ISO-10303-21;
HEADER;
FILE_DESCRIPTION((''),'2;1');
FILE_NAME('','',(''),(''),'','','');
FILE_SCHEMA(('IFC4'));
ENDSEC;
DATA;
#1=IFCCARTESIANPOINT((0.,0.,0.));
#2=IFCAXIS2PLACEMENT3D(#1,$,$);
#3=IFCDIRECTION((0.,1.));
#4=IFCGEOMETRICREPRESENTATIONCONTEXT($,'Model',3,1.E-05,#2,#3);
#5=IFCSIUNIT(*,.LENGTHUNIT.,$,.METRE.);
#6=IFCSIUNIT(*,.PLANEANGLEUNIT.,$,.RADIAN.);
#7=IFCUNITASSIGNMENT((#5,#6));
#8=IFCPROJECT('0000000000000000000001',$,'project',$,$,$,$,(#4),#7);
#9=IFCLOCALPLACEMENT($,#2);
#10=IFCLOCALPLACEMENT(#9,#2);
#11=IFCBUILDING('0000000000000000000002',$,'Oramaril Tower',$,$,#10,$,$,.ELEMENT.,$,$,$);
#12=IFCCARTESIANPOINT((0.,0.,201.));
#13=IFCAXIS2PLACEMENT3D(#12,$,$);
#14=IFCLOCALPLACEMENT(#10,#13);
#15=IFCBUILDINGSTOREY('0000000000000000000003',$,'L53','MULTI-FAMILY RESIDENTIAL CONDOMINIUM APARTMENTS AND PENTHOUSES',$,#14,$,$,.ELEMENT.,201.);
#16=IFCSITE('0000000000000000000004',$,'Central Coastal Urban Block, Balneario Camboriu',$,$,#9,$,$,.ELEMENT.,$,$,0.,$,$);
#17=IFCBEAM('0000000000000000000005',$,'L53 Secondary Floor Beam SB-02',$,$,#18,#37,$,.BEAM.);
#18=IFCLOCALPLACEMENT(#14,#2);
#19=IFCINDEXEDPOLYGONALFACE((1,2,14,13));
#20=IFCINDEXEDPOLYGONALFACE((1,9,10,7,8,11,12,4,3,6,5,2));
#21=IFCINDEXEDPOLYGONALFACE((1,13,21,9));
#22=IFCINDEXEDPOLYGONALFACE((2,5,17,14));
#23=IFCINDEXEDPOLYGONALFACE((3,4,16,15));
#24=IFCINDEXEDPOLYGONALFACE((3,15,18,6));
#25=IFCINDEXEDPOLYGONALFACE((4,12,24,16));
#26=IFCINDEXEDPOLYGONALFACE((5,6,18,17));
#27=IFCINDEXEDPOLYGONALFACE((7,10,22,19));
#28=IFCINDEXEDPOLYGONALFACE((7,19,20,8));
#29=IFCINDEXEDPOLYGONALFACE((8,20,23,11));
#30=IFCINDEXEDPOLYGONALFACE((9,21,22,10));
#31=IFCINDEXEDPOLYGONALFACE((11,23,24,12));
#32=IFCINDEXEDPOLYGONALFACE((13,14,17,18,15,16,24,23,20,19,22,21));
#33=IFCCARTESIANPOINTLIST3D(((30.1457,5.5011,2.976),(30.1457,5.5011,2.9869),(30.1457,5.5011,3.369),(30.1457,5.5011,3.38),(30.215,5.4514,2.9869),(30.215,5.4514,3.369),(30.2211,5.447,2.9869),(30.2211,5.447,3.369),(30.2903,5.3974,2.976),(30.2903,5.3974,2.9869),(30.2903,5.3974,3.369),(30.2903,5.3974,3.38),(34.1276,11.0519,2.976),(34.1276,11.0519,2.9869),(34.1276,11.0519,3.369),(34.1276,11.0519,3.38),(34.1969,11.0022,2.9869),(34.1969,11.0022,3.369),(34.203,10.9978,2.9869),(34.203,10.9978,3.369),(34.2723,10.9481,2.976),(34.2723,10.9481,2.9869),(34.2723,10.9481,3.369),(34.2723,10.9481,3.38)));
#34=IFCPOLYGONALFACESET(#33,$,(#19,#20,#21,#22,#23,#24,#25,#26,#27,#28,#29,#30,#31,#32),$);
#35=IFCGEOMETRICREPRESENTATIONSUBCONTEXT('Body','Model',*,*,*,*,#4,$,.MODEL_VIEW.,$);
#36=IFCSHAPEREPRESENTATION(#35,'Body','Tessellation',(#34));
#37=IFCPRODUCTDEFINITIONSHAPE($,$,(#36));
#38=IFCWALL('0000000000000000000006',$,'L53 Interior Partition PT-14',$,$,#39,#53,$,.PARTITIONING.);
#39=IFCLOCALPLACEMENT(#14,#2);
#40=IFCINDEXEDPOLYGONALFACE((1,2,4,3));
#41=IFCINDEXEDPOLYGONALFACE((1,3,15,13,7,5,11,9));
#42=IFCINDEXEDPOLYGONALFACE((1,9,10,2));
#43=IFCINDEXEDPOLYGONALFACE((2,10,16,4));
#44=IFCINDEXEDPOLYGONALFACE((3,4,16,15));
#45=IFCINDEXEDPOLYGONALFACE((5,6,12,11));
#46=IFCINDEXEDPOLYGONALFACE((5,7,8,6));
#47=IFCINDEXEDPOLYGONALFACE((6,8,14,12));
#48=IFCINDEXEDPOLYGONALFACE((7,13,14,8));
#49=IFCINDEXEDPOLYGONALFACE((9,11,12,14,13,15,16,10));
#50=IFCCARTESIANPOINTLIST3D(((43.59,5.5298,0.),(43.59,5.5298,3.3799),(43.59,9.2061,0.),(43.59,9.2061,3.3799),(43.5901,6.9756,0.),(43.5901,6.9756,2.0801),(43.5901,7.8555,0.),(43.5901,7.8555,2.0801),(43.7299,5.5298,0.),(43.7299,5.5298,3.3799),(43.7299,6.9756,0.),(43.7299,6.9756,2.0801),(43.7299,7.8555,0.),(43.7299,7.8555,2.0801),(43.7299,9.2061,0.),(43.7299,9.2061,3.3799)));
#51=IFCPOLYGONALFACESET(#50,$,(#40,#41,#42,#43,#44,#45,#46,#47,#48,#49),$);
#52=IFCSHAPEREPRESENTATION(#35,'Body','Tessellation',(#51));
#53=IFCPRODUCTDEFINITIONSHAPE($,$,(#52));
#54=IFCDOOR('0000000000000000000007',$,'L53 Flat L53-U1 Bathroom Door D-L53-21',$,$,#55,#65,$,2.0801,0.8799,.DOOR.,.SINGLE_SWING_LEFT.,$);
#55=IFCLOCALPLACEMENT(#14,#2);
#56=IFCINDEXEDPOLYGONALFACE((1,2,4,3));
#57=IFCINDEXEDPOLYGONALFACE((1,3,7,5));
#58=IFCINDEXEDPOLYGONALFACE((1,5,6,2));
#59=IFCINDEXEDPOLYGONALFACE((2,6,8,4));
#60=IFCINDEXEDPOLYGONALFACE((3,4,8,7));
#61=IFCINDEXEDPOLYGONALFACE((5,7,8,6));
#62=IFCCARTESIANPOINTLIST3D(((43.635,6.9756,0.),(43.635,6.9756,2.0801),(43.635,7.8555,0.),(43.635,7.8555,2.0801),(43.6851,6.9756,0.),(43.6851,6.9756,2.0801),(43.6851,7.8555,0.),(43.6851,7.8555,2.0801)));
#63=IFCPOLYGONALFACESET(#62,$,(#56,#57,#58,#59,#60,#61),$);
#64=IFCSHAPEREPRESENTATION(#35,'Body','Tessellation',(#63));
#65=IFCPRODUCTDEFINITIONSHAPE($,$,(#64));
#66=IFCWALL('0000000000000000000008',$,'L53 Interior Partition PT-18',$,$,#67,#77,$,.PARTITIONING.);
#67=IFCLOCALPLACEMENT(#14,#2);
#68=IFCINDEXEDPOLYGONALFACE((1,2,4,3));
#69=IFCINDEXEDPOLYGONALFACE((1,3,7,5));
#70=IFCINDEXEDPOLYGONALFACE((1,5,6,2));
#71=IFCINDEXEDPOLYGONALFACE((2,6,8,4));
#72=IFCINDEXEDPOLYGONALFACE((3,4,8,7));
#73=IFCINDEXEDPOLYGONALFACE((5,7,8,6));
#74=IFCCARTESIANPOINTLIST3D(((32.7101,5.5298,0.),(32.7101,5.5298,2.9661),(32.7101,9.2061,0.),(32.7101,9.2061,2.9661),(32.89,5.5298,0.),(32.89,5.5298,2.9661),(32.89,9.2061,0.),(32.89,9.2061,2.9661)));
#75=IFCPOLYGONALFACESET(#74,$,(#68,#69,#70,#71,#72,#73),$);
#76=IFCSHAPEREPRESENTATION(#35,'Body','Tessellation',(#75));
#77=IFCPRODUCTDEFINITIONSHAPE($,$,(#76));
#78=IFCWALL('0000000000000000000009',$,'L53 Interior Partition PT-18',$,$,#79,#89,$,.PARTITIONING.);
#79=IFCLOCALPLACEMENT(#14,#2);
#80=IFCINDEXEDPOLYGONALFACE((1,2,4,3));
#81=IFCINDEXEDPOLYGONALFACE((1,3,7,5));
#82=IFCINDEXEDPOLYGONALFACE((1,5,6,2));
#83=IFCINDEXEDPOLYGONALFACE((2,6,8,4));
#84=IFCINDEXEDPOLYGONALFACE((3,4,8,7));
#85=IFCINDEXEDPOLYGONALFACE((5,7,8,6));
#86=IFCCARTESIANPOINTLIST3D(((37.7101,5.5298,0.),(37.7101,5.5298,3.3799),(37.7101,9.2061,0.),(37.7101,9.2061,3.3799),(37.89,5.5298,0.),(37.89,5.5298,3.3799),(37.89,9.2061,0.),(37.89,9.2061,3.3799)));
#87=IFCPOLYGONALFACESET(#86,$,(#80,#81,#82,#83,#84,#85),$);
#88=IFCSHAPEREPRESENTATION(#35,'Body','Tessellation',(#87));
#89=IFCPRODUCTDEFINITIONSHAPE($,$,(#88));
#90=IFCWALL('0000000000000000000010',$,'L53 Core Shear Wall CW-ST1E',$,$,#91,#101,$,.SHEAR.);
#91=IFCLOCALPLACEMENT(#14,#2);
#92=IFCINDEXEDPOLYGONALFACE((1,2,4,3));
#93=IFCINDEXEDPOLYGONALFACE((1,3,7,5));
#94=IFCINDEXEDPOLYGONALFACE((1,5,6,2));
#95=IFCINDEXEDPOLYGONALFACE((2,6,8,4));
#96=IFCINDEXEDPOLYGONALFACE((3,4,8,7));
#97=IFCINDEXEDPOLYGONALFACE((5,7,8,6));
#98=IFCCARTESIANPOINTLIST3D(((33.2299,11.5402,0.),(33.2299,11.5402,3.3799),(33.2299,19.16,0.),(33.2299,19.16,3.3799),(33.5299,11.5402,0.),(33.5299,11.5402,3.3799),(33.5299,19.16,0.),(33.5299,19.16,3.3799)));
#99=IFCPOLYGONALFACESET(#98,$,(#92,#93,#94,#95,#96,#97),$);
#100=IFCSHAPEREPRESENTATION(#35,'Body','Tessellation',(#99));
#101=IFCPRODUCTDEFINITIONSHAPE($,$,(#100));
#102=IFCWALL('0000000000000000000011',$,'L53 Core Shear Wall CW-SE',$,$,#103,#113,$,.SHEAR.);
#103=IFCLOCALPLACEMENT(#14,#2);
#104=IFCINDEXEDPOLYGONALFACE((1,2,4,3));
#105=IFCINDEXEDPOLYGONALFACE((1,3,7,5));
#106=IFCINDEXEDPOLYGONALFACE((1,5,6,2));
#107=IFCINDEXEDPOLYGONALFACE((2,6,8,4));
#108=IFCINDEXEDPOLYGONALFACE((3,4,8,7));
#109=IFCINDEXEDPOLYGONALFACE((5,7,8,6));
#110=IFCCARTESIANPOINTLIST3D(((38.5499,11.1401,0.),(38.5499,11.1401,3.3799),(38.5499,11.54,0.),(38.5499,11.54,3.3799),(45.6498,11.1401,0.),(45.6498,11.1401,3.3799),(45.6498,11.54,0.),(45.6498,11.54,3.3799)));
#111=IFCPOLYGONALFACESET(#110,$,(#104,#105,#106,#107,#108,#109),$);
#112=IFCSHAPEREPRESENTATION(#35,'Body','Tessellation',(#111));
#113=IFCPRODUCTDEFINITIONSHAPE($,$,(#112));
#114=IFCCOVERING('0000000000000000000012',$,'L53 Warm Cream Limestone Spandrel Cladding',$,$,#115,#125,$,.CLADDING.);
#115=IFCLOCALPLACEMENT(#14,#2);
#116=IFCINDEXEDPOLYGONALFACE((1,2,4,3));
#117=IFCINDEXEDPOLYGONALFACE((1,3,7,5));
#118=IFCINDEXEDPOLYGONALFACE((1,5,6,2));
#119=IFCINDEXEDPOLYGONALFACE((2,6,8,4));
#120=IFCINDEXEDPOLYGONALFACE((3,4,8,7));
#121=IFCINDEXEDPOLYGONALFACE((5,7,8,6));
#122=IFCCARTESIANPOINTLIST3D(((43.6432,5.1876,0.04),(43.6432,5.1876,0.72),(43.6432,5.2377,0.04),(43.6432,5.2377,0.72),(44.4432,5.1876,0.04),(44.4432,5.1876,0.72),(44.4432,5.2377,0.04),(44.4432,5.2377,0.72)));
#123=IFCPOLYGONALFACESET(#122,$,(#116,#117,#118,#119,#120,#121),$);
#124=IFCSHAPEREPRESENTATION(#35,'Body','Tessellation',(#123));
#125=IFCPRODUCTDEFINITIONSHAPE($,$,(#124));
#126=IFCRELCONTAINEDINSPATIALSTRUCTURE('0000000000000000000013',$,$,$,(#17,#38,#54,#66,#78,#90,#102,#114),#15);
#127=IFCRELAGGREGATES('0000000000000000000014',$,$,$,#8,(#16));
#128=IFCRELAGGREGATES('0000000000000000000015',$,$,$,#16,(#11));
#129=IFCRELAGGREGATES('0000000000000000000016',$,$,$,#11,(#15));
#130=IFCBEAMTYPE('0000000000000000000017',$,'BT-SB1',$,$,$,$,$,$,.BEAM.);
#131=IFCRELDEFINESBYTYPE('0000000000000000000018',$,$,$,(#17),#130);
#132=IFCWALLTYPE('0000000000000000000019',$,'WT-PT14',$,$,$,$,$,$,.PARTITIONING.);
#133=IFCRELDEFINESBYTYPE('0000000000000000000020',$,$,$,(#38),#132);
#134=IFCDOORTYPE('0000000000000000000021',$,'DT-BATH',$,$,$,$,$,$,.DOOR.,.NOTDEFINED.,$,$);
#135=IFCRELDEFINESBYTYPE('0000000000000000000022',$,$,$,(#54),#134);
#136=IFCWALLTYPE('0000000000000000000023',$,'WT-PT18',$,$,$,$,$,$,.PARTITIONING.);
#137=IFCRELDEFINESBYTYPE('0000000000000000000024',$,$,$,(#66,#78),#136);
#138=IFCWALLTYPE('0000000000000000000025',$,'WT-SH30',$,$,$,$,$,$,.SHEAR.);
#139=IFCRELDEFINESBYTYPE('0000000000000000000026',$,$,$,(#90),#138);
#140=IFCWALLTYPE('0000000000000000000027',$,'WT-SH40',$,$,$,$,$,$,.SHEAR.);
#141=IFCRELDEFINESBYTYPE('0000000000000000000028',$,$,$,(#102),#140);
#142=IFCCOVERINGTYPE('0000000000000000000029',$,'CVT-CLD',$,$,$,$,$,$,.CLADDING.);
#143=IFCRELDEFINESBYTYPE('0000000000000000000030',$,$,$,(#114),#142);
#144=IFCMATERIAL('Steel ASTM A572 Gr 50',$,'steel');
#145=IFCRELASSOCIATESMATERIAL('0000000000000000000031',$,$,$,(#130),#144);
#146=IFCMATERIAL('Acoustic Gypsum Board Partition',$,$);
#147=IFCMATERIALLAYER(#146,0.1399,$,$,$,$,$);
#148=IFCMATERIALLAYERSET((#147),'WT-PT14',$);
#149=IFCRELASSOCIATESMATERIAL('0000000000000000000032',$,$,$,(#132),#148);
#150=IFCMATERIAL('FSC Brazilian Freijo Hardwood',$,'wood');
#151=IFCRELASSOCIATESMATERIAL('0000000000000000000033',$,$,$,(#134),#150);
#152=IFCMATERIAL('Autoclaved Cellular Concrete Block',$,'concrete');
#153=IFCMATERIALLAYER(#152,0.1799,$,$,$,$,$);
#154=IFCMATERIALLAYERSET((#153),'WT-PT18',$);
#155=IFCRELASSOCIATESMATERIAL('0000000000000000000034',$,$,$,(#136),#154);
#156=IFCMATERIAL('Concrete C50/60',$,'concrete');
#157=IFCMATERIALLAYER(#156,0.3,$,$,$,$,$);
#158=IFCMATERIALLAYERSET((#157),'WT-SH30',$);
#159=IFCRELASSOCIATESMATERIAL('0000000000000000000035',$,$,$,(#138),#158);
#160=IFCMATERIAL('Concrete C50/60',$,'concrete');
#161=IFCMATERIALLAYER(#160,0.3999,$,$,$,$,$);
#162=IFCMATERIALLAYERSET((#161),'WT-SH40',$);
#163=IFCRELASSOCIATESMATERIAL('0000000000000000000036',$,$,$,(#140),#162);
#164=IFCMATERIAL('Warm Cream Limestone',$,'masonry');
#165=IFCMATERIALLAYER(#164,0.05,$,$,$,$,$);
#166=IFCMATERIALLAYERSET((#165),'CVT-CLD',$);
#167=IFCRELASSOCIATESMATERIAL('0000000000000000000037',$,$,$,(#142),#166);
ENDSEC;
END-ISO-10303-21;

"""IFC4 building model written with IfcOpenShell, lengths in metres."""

from ifc_helpers import new_model, si_unit, direction, frame, frame_2d, origin, origin_2d, place, context, subcontext, project, spatial, rectangle, i_section, extrude, material, layer, layer_set, material_profile, profile_set, type_object, element, fill, save


model = new_model("IFC4")

# Units and contexts
model_context = context("Model", 3, precision=1e-05, world=origin(), true_north=direction((0.0, 1.0)))
body_context = subcontext(model_context, "Body", "Model", "MODEL_VIEW")
ifc_project = project(units=[si_unit("LENGTHUNIT", "METRE"), si_unit("PLANEANGLEUNIT", "RADIAN")], contexts=[model_context])

# Site, building, storey
site_placement = place(None, origin())
site = spatial("IfcSite", under=ifc_project, at=site_placement, Name="Central Coastal Urban Block, Balneario Camboriu", CompositionType="ELEMENT", RefElevation=0.0)
building_placement = place(site_placement, origin())
building = spatial("IfcBuilding", under=site, at=building_placement, Name="Oramaril Tower", CompositionType="ELEMENT")
storey_placement = place(building_placement, frame((0.0, 0.0, 201.0)))
storey = spatial("IfcBuildingStorey", under=building, at=storey_placement, Name="L53", Description="MULTI-FAMILY RESIDENTIAL CONDOMINIUM APARTMENTS AND PENTHOUSES", CompositionType="ELEMENT", Elevation=201.0)

# Beam
ifc_material_1 = material(Name="Steel ASTM A572 Gr 50", Category="steel")
ifc_material_profile = material_profile(ifc_material_1, i_section(OverallWidth=0.178, OverallDepth=0.4041, WebThickness=0.0076, FlangeThickness=0.011, at=origin_2d()), Name="W16X36")
ifc_profile_set = profile_set([ifc_material_profile], Name="Steel ASTM A572 Gr 50")
beam_type = type_object("IfcBeamType", Name="BT-SB1", PredefinedType="BEAM", material=ifc_profile_set)
beam_placement = place(storey_placement, frame((34.2, 11.0, 3.178), z_axis=(-0.582894, -0.812549, 0.0), x_axis=(0.812549, -0.582894, 0.0)))
element("IfcBeam", 1, at=beam_placement, inside=storey, type_object=beam_type, Name="L53 Secondary Floor Beam SB-02", PredefinedType="BEAM", context=body_context, shape_type="SweptSolid", body=[
    extrude(i_section(OverallWidth=0.178, OverallDepth=0.4041, WebThickness=0.0076, FlangeThickness=0.011, at=origin_2d()), origin(), (0.0, 0.0, 1.0), 6.8313),
])

# Wall, opening, door
ifc_material_2 = material(Name="Acoustic Gypsum Board Partition")
ifc_layer_1 = layer(ifc_material_2, 0.1399)
ifc_layer_set_1 = layer_set([ifc_layer_1], Name="WT-PT14")
wall_type_1 = type_object("IfcWallType", Name="WT-PT14", PredefinedType="PARTITIONING", material=ifc_layer_set_1)
wall_1_placement = place(storey_placement, frame((43.6599, 5.5298, 0.0), z_axis=(0.0, 0.0, 1.0), x_axis=(0.0, 1.0, 0.0)))
wall_1 = element("IfcWall", 2, at=wall_1_placement, inside=storey, type_object=wall_type_1, Name="L53 Interior Partition PT-14", PredefinedType="PARTITIONING", context=body_context, shape_type="SweptSolid", body=[
    extrude(rectangle(XDim=3.6763, YDim=0.1399, at=frame_2d((1.8381, 0.0))), origin(), (0.0, 0.0, 1.0), 3.3799),
])
opening_placement = place(wall_1_placement, frame((1.4458, 0.0, 0.0)))
opening = element("IfcOpeningElement", 3, at=opening_placement, cuts=wall_1, PredefinedType="OPENING", context=body_context, shape_type="SweptSolid", body=[
    extrude(rectangle(XDim=0.8799, YDim=2.0801, at=frame_2d((0.4399, 1.04))), frame((0.0, 0.0698, 0.0), z_axis=(0.0, -1.0, 0.0), x_axis=(1.0, 0.0, 0.0)), (0.0, 0.0, 1.0), 0.1399),
])
ifc_material_3 = material(Name="FSC Brazilian Freijo Hardwood", Category="wood")
door_type = type_object("IfcDoorType", Name="DT-BATH", OperationType="NOTDEFINED", PredefinedType="DOOR", material=ifc_material_3)
door_placement = place(opening_placement, origin())
door = element("IfcDoor", 4, at=door_placement, inside=storey, type_object=door_type, Name="L53 Flat L53-U1 Bathroom Door D-L53-21", OperationType="SINGLE_SWING_LEFT", OverallHeight=2.0801, OverallWidth=0.8799, PredefinedType="DOOR", context=body_context, shape_type="SweptSolid", body=[
    extrude(rectangle(XDim=0.8799, YDim=2.0801, at=frame_2d((0.4399, 1.04))), frame((0.0, 0.0249, 0.0), z_axis=(0.0, -1.0, 0.0), x_axis=(1.0, 0.0, 0.0)), (0.0, 0.0, 1.0), 0.05),
])
fill(opening, door)

# Walls
ifc_material_4 = material(Name="Autoclaved Cellular Concrete Block", Category="concrete")
ifc_layer_2 = layer(ifc_material_4, 0.1799)
ifc_layer_set_2 = layer_set([ifc_layer_2], Name="WT-PT18")
wall_type_2 = type_object("IfcWallType", Name="WT-PT18", PredefinedType="PARTITIONING", material=ifc_layer_set_2)
wall_2_placement = place(storey_placement, frame((32.8, 5.5298, 0.0), z_axis=(0.0, 0.0, 1.0), x_axis=(0.0, 1.0, 0.0)))
element("IfcWall", 5, at=wall_2_placement, inside=storey, type_object=wall_type_2, Name="L53 Interior Partition PT-18", PredefinedType="PARTITIONING", context=body_context, shape_type="SweptSolid", body=[
    extrude(rectangle(XDim=3.6763, YDim=0.1799, at=frame_2d((1.8381, 0.0))), origin(), (0.0, 0.0, 1.0), 2.9661),
])
wall_3_placement = place(storey_placement, frame((37.8, 5.5298, 0.0), z_axis=(0.0, 0.0, 1.0), x_axis=(0.0, 1.0, 0.0)))
element("IfcWall", 6, at=wall_3_placement, inside=storey, type_object=wall_type_2, Name="L53 Interior Partition PT-18", PredefinedType="PARTITIONING", context=body_context, shape_type="SweptSolid", body=[
    extrude(rectangle(XDim=3.6763, YDim=0.1799, at=frame_2d((1.8381, 0.0))), origin(), (0.0, 0.0, 1.0), 3.3799),
])
ifc_material_5 = material(Name="Concrete C50/60", Category="concrete")
ifc_layer_3 = layer(ifc_material_5, 0.3)
ifc_layer_set_3 = layer_set([ifc_layer_3], Name="WT-SH30")
wall_type_3 = type_object("IfcWallType", Name="WT-SH30", PredefinedType="SHEAR", material=ifc_layer_set_3)
wall_4_placement = place(storey_placement, frame((33.3799, 11.54, 0.0), z_axis=(0.0, 0.0, 1.0), x_axis=(0.0, 1.0, 0.0)))
element("IfcWall", 7, at=wall_4_placement, inside=storey, type_object=wall_type_3, Name="L53 Core Shear Wall CW-ST1E", PredefinedType="SHEAR", context=body_context, shape_type="SweptSolid", body=[
    extrude(rectangle(XDim=7.6199, YDim=0.3, at=frame_2d((3.8101, 0.0))), origin(), (0.0, 0.0, 1.0), 3.3799),
])
ifc_material_6 = material(Name="Concrete C50/60", Category="concrete")
ifc_layer_4 = layer(ifc_material_6, 0.3999)
ifc_layer_set_4 = layer_set([ifc_layer_4], Name="WT-SH40")
wall_type_4 = type_object("IfcWallType", Name="WT-SH40", PredefinedType="SHEAR", material=ifc_layer_set_4)
wall_5_placement = place(storey_placement, frame((38.55, 11.3401, 0.0), z_axis=(0.0, 0.0, 1.0), x_axis=(1.0, 0.0, 0.0)))
element("IfcWall", 8, at=wall_5_placement, inside=storey, type_object=wall_type_4, Name="L53 Core Shear Wall CW-SE", PredefinedType="SHEAR", context=body_context, shape_type="SweptSolid", body=[
    extrude(rectangle(XDim=7.0999, YDim=0.3999, at=frame_2d((3.5498, 0.0))), origin(), (0.0, 0.0, 1.0), 3.3799),
])

# Covering
ifc_material_7 = material(Name="Warm Cream Limestone", Category="masonry")
ifc_layer_5 = layer(ifc_material_7, 0.05)
ifc_layer_set_5 = layer_set([ifc_layer_5], Name="CVT-CLD")
covering_type = type_object("IfcCoveringType", Name="CVT-CLD", PredefinedType="CLADDING", material=ifc_layer_set_5)
covering_placement = place(storey_placement, frame((44.0432, 5.2126, 0.04), z_axis=(0.0, 0.0, 1.0), x_axis=(1.0, 0.0, 0.0)))
element("IfcCovering", 9, at=covering_placement, inside=storey, type_object=covering_type, Name="L53 Warm Cream Limestone Spandrel Cladding", PredefinedType="CLADDING", context=body_context, shape_type="SweptSolid", body=[
    extrude(rectangle(XDim=0.8, YDim=0.05, at=origin_2d()), origin(), (0.0, 0.0, 1.0), 0.6799),
])

save(model, "model.ifc")
